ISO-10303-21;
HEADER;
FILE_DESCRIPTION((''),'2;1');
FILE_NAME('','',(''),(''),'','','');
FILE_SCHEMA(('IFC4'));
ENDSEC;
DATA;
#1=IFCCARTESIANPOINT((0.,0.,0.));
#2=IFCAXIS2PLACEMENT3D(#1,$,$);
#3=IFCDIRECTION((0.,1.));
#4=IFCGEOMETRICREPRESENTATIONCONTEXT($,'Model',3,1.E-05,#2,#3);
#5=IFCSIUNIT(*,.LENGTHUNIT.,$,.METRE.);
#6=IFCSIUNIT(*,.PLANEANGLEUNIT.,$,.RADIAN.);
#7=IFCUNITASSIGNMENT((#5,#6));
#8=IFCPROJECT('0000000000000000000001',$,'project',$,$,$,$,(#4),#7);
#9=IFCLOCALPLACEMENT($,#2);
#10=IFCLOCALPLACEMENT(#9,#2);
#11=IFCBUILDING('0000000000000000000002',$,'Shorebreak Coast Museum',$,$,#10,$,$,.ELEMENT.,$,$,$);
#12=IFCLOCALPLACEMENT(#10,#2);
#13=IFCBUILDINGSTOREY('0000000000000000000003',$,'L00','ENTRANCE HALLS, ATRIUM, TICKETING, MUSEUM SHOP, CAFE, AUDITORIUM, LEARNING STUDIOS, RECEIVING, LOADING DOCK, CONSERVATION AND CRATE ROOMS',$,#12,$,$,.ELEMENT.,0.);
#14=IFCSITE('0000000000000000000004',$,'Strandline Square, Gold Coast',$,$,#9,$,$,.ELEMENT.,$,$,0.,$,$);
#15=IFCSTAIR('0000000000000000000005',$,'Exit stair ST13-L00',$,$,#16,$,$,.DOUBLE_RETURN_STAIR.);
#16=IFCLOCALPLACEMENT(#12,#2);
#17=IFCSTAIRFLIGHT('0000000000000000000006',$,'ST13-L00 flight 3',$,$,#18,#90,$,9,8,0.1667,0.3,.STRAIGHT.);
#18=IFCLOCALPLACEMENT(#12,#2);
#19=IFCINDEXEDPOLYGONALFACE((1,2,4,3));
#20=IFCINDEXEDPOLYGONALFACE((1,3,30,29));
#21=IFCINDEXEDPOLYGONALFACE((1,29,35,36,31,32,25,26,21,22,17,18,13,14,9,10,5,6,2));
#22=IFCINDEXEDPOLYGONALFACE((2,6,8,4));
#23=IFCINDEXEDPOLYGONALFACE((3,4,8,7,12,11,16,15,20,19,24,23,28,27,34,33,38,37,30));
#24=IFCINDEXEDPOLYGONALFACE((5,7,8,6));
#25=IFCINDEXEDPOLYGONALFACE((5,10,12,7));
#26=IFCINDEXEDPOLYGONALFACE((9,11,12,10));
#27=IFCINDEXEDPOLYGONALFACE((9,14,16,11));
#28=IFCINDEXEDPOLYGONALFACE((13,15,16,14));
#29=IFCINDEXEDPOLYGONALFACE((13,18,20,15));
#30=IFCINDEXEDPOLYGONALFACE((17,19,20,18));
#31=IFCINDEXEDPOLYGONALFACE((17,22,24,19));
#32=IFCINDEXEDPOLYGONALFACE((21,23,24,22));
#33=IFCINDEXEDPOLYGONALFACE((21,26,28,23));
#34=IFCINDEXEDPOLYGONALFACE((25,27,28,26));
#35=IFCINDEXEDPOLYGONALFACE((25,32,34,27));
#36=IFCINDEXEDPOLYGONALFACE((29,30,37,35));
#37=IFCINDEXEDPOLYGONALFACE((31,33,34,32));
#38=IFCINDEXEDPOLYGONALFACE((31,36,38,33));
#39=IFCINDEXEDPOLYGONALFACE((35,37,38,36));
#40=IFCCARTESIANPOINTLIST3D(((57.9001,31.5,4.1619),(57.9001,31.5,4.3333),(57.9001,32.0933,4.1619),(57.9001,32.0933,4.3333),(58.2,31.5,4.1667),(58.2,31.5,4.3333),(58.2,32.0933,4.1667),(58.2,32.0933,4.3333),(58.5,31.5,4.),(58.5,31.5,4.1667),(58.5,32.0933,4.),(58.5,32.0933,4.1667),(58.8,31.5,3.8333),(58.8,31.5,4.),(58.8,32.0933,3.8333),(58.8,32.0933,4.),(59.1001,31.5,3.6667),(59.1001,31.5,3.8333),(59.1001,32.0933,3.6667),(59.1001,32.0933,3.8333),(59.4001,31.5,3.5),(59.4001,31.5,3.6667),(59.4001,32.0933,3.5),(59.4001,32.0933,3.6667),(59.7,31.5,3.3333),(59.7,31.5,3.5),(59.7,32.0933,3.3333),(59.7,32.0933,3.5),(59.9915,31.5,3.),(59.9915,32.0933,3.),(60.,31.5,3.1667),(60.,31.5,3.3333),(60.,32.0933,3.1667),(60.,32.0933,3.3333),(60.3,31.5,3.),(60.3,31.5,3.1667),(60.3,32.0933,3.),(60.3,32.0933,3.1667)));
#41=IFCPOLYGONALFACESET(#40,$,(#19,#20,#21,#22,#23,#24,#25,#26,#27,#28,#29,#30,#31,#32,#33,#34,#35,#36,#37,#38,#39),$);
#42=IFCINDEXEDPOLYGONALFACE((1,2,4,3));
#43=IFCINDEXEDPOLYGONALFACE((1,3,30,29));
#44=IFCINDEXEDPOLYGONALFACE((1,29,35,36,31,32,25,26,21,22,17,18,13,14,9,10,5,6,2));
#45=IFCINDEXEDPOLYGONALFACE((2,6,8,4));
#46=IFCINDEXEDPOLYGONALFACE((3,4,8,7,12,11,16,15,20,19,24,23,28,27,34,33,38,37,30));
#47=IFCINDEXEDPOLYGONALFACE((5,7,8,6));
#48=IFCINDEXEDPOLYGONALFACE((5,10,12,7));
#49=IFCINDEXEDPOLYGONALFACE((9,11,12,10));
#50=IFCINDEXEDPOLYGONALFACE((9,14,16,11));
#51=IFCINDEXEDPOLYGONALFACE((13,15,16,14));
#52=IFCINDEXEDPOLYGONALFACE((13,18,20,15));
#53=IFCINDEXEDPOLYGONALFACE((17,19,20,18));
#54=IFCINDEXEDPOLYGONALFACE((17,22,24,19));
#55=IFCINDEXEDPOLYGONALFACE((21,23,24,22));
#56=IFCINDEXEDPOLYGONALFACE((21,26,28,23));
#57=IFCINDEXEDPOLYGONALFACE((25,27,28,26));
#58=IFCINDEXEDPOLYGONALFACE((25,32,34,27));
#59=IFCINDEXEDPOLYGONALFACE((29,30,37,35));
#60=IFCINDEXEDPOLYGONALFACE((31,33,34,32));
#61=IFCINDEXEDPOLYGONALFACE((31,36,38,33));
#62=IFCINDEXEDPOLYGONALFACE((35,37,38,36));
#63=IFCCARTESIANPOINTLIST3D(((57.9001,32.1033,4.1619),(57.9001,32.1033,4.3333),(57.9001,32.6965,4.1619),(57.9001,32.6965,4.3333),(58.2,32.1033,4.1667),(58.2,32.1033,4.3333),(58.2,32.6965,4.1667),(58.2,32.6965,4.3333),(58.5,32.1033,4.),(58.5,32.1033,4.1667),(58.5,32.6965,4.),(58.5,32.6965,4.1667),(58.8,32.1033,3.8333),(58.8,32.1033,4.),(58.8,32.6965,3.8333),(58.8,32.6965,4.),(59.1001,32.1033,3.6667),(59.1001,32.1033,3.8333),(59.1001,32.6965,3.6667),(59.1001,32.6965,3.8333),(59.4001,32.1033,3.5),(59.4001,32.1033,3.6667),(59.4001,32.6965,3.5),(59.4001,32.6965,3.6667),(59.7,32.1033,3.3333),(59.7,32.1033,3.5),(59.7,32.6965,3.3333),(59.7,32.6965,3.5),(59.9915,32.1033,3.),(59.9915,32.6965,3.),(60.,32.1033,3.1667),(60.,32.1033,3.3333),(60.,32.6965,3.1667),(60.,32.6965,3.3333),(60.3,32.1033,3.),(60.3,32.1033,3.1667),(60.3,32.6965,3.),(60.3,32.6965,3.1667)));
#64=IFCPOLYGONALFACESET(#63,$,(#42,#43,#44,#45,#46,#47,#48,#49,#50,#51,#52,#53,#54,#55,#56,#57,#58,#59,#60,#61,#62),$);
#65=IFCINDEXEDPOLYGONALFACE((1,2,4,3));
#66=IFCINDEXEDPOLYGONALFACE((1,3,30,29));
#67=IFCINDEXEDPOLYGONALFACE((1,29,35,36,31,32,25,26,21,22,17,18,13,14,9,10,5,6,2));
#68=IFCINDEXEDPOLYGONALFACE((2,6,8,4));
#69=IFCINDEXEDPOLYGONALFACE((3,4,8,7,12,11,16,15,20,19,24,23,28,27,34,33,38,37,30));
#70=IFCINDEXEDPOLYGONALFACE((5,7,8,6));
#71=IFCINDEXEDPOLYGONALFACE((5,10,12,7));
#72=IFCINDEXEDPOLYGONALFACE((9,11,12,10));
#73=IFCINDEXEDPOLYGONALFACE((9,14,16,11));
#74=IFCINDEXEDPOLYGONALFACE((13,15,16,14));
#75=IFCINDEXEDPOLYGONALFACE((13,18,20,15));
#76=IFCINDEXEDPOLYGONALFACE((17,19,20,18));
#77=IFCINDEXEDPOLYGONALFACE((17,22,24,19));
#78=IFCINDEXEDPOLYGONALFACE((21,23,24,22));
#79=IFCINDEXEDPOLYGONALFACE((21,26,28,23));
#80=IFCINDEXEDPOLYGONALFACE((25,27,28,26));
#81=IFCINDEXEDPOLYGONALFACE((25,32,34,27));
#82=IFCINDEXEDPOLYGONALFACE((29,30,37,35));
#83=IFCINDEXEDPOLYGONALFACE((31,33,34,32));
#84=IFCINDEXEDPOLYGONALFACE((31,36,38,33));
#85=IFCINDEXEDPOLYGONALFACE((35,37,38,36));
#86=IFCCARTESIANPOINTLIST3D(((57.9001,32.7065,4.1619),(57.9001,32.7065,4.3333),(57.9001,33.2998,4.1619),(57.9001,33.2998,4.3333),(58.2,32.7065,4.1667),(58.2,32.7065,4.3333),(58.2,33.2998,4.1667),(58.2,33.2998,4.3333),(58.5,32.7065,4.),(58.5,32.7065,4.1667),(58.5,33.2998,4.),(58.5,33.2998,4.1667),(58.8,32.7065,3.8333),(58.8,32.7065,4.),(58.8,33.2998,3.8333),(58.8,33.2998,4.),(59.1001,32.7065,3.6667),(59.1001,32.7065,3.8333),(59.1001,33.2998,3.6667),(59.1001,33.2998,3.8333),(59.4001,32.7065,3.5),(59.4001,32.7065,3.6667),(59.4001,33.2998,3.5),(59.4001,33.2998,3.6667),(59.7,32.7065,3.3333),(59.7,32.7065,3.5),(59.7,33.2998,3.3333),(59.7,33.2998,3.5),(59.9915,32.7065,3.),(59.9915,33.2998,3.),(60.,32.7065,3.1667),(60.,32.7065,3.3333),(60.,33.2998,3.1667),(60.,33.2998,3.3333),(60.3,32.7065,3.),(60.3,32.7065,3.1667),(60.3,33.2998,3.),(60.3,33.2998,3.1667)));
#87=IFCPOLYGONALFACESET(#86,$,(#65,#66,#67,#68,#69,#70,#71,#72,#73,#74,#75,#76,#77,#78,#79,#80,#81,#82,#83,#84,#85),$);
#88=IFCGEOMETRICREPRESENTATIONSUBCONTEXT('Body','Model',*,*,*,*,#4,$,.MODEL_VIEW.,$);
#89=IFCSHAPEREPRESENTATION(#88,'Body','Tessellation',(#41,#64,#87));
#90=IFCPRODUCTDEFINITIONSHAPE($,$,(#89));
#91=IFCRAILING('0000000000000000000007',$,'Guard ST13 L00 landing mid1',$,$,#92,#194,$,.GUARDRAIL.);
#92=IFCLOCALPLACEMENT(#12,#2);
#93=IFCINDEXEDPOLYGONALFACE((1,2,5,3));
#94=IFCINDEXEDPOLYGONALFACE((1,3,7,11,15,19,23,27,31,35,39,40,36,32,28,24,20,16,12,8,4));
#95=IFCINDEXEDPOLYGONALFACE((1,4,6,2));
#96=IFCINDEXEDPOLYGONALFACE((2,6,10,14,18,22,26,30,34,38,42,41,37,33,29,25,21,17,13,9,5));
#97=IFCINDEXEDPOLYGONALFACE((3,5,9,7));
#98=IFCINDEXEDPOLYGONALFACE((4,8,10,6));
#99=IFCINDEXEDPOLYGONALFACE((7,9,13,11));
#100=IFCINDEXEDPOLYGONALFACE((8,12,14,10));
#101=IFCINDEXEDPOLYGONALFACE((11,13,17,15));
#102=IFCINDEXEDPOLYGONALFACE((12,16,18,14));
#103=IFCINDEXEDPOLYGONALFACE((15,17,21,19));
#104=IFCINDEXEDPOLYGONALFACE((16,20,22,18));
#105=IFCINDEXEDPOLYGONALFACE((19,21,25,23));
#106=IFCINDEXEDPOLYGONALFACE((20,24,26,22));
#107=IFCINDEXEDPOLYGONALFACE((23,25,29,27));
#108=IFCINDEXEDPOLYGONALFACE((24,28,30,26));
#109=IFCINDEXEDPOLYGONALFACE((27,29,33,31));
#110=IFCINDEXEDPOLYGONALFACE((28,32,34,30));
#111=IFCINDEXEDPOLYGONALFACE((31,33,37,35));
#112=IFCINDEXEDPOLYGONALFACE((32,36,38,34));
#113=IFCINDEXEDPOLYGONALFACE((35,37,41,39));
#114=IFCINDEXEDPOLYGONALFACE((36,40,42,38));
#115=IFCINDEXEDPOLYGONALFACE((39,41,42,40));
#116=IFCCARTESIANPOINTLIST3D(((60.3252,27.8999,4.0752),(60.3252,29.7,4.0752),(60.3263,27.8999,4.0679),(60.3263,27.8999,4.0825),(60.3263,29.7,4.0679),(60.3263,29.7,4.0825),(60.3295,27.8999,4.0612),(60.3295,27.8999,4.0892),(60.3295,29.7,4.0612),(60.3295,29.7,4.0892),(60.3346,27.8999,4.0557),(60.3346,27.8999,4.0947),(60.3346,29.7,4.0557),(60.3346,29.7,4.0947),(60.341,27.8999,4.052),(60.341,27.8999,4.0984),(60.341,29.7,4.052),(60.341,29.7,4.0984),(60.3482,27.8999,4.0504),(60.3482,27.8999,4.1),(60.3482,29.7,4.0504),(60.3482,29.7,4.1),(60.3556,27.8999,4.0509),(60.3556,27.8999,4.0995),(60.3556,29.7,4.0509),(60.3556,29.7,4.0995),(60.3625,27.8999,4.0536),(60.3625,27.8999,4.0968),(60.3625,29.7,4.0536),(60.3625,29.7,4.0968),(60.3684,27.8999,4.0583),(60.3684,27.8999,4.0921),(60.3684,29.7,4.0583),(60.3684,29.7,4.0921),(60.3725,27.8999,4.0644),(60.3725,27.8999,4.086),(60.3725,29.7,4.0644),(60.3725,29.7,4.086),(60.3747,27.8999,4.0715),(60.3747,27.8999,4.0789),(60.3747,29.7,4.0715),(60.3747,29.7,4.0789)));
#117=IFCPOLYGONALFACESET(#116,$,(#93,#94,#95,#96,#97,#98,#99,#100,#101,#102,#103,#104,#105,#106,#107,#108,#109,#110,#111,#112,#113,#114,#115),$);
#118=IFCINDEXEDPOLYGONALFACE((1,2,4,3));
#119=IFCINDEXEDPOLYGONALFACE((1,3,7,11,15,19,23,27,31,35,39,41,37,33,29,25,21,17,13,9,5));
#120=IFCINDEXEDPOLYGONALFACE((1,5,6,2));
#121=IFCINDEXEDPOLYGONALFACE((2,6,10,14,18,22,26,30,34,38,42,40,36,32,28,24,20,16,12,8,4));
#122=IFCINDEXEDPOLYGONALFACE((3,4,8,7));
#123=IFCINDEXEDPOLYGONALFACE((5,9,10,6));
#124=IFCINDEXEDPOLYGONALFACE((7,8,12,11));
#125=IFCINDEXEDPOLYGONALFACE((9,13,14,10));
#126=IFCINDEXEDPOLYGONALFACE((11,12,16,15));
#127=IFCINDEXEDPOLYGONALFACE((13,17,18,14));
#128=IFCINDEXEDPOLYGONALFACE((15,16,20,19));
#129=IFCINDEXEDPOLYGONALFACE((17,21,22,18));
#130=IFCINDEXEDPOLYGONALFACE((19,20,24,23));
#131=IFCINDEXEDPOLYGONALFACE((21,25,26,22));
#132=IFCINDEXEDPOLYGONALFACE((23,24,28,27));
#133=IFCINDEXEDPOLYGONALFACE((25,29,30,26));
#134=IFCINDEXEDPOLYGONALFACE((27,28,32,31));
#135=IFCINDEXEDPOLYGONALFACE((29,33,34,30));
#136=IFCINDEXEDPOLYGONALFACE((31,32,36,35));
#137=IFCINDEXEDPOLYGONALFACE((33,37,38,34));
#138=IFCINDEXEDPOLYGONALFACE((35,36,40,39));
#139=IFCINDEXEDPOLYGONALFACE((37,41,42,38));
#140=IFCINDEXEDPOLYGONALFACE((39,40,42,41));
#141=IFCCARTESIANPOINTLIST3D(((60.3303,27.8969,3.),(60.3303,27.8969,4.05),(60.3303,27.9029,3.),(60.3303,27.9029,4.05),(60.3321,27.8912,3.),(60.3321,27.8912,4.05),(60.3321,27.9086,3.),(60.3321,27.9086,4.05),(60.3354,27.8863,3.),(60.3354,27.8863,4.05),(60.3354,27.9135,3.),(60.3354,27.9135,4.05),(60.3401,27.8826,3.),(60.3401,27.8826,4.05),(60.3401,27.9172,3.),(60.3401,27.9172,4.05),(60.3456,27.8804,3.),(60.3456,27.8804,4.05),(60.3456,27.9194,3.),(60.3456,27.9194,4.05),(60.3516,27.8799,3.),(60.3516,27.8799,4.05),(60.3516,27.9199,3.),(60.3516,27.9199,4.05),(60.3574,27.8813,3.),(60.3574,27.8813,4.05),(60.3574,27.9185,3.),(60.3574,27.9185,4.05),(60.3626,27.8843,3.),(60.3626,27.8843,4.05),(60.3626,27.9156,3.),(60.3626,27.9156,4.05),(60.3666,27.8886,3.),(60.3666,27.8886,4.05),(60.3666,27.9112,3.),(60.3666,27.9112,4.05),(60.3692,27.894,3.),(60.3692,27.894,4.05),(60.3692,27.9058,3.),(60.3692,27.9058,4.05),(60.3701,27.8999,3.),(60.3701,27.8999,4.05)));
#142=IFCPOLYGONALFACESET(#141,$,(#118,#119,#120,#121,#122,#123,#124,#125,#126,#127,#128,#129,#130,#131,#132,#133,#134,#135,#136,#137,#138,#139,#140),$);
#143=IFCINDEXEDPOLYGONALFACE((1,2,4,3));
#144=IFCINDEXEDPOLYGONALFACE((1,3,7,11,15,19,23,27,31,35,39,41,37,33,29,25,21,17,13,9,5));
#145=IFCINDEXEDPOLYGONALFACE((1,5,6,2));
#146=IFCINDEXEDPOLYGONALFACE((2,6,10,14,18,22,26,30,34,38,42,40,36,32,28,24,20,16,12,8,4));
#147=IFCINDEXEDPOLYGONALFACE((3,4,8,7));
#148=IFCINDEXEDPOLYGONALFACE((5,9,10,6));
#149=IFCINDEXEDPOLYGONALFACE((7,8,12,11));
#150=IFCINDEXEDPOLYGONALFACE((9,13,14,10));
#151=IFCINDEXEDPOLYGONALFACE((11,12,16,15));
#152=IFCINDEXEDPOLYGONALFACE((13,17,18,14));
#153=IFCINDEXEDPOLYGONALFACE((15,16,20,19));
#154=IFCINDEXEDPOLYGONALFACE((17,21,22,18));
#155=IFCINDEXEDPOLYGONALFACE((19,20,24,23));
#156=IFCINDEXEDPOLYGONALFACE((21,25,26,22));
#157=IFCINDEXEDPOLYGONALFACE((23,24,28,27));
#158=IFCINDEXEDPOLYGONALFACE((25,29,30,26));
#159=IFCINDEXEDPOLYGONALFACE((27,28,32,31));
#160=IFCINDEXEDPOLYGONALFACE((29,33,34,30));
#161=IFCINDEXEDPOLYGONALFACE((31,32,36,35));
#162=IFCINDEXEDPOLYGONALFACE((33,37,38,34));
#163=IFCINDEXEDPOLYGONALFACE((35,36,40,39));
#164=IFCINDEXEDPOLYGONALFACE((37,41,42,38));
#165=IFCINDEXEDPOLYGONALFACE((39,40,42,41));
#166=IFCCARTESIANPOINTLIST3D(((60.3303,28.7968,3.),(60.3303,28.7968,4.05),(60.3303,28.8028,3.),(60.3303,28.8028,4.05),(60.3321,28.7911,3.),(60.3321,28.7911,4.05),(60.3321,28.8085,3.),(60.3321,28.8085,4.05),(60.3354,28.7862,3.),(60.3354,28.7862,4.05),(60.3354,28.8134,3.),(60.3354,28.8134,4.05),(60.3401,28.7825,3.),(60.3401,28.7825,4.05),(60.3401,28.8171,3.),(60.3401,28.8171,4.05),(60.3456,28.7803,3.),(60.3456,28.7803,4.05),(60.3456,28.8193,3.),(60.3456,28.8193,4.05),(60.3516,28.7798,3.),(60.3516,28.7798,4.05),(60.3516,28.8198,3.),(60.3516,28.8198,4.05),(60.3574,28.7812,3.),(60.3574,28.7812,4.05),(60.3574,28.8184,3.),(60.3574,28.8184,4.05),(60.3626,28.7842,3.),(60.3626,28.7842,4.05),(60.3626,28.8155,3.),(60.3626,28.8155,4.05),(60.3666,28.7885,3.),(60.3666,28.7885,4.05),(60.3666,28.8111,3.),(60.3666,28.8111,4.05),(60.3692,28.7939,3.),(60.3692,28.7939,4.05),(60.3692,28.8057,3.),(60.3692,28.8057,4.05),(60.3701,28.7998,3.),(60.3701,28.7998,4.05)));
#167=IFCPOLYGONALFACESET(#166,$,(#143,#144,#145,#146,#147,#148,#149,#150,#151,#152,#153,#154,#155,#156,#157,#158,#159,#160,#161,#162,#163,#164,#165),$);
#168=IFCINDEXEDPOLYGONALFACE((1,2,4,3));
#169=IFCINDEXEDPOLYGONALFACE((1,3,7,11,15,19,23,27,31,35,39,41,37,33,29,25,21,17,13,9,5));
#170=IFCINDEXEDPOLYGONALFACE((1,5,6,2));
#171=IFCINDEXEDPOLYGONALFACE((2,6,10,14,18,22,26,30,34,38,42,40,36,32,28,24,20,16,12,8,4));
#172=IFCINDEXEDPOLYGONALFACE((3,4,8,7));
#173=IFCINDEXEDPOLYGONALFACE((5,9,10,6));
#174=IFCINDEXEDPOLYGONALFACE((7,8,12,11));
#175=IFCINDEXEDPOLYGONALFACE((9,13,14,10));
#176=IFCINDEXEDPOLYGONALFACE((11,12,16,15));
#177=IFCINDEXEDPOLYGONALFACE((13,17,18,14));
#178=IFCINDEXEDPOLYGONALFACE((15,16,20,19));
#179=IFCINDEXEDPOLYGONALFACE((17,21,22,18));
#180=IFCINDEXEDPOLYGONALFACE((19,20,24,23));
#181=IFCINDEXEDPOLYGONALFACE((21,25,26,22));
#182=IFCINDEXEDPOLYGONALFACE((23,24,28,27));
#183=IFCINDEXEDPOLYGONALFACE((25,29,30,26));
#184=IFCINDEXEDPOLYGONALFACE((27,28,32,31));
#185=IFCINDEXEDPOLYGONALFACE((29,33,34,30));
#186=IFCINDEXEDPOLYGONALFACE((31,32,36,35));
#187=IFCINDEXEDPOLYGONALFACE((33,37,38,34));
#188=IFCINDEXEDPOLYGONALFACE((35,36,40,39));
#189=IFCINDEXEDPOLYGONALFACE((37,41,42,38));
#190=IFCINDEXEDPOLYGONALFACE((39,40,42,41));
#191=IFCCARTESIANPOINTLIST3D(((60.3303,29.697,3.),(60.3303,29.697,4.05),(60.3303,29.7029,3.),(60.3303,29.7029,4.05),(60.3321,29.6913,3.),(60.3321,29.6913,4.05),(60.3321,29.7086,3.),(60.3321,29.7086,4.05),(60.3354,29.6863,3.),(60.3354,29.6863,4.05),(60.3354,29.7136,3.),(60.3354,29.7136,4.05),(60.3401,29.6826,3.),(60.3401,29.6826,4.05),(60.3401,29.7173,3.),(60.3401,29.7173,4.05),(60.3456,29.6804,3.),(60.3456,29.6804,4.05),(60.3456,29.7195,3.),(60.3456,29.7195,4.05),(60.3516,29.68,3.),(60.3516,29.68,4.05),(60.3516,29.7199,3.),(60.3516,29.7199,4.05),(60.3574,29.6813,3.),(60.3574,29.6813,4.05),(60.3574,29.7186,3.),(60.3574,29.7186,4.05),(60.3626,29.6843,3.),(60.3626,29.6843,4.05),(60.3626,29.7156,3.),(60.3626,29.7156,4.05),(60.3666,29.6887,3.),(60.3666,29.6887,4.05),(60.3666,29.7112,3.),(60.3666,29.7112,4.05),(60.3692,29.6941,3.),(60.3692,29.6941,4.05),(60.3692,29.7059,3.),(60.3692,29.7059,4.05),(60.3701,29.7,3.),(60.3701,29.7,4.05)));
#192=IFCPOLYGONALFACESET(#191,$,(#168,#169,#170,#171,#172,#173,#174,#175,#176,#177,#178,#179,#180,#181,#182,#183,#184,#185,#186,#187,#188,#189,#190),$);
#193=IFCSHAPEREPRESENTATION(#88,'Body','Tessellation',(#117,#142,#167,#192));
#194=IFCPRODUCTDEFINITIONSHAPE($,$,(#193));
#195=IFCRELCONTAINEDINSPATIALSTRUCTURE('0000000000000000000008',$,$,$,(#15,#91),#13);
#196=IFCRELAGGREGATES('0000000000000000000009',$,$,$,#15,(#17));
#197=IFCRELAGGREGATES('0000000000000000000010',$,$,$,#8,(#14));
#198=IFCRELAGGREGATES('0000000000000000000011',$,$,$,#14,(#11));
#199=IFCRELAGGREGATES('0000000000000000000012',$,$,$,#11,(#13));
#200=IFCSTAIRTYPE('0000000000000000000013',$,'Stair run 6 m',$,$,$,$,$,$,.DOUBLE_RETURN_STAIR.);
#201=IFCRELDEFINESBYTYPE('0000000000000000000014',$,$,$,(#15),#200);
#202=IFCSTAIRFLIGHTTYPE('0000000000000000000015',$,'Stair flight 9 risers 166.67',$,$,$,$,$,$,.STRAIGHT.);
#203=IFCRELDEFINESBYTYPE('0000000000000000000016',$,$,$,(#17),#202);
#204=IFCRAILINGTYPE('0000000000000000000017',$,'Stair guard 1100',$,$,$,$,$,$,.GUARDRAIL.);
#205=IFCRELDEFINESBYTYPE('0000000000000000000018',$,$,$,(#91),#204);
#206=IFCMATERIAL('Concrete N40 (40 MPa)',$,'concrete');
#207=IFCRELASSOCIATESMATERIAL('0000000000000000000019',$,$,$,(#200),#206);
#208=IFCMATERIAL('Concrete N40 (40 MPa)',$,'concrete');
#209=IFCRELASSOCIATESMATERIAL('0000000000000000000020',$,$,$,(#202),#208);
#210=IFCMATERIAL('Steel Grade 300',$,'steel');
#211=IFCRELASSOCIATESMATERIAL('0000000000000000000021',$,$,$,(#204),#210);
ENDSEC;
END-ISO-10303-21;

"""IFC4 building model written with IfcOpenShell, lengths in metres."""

from ifc_helpers import new_model, si_unit, direction, frame, origin, origin_2d, place, context, subcontext, project, spatial, polyline, circle, outline, extrude, material, type_object, element, aggregate, save


model = new_model("IFC4")

# Units and contexts
model_context = context("Model", 3, precision=1e-05, world=origin(), true_north=direction((0.0, 1.0)))
body_context = subcontext(model_context, "Body", "Model", "MODEL_VIEW")
ifc_project = project(units=[si_unit("LENGTHUNIT", "METRE"), si_unit("PLANEANGLEUNIT", "RADIAN")], contexts=[model_context])

# Site, building, storey
site_placement = place(None, origin())
site = spatial("IfcSite", under=ifc_project, at=site_placement, Name="Strandline Square, Gold Coast", CompositionType="ELEMENT", RefElevation=0.0)
building_placement = place(site_placement, origin())
building = spatial("IfcBuilding", under=site, at=building_placement, Name="Shorebreak Coast Museum", CompositionType="ELEMENT")
storey_placement = place(building_placement, origin())
storey = spatial("IfcBuildingStorey", under=building, at=storey_placement, Name="L00", Description="ENTRANCE HALLS, ATRIUM, TICKETING, MUSEUM SHOP, CAFE, AUDITORIUM, LEARNING STUDIOS, RECEIVING, LOADING DOCK, CONSERVATION AND CRATE ROOMS", CompositionType="ELEMENT", Elevation=0.0)

# Stair, stair flight
ifc_material_1 = material(Name="Concrete N40 (40 MPa)", Category="concrete")
stair_type = type_object("IfcStairType", Name="Stair run 6 m", PredefinedType="DOUBLE_RETURN_STAIR", material=ifc_material_1)
stair_placement = place(storey_placement, origin())
stair = element("IfcStair", 1, at=stair_placement, inside=storey, type_object=stair_type, Name="Exit stair ST13-L00", PredefinedType="DOUBLE_RETURN_STAIR")
ifc_material_2 = material(Name="Concrete N40 (40 MPa)", Category="concrete")
stair_flight_type = type_object("IfcStairFlightType", Name="Stair flight 9 risers 166.67", PredefinedType="STRAIGHT", material=ifc_material_2)
stair_flight_1_placement = place(storey_placement, frame((60.3, 32.3999, 3.0), z_axis=(0.0, 0.0, 1.0), x_axis=(-1.0, 0.0, 0.0)))
stair_flight_1 = element("IfcStairFlight", 2, at=stair_flight_1_placement, type_object=stair_flight_type, Name="ST13-L00 flight 3", NumberOfRisers=9, NumberOfTreads=8, PredefinedType="STRAIGHT", RiserHeight=0.1667, TreadLength=0.3, context=body_context, shape_type="SweptSolid", body=[
    extrude(outline(polyline([(0.0, 0.0), (0.0, 0.1667), (0.3, 0.1667), (0.3, 0.3333), (0.6001, 0.3333), (0.6001, 0.5), (0.8999, 0.5), (0.8999, 0.6667), (1.2, 0.6667), (1.2, 0.8333), (1.5, 0.8333), (1.5, 1.0), (1.8, 1.0), (1.8, 1.1667), (2.1001, 1.1667), (2.1001, 1.3333), (2.3999, 1.3333), (2.3999, 1.5), (2.3999, 1.1619), (0.3086, 0.0), (0.0, 0.0)])), frame((0.0, 0.8999, 0.0), z_axis=(0.0, -1.0, 0.0), x_axis=(1.0, 0.0, 0.0)), (0.0, 0.0, 1.0), 0.5933),
    extrude(outline(polyline([(0.0, 0.0), (0.0, 0.1667), (0.3, 0.1667), (0.3, 0.3333), (0.6001, 0.3333), (0.6001, 0.5), (0.8999, 0.5), (0.8999, 0.6667), (1.2, 0.6667), (1.2, 0.8333), (1.5, 0.8333), (1.5, 1.0), (1.8, 1.0), (1.8, 1.1667), (2.1001, 1.1667), (2.1001, 1.3333), (2.3999, 1.3333), (2.3999, 1.5), (2.3999, 1.1619), (0.3086, 0.0), (0.0, 0.0)])), frame((0.0, 0.2966, 0.0), z_axis=(0.0, -1.0, 0.0), x_axis=(1.0, 0.0, 0.0)), (0.0, 0.0, 1.0), 0.5933),
    extrude(outline(polyline([(0.0, 0.0), (0.0, 0.1667), (0.3, 0.1667), (0.3, 0.3333), (0.6001, 0.3333), (0.6001, 0.5), (0.8999, 0.5), (0.8999, 0.6667), (1.2, 0.6667), (1.2, 0.8333), (1.5, 0.8333), (1.5, 1.0), (1.8, 1.0), (1.8, 1.1667), (2.1001, 1.1667), (2.1001, 1.3333), (2.3999, 1.3333), (2.3999, 1.5), (2.3999, 1.1619), (0.3086, 0.0), (0.0, 0.0)])), frame((0.0, -0.3066, 0.0), z_axis=(0.0, -1.0, 0.0), x_axis=(1.0, 0.0, 0.0)), (0.0, 0.0, 1.0), 0.5933),
])
aggregate(stair, [stair_flight_1])

# Railing
ifc_material_3 = material(Name="Steel Grade 300", Category="steel")
railing_type_1 = type_object("IfcRailingType", Name="Stair guard 1100", PredefinedType="GUARDRAIL", material=ifc_material_3)
railing_1_placement = place(storey_placement, frame((60.3501, 27.8999, 3.0)))
element("IfcRailing", 3, at=railing_1_placement, inside=storey, type_object=railing_type_1, Name="Guard ST13 L00 landing mid1", PredefinedType="GUARDRAIL", context=body_context, shape_type="SweptSolid", body=[
    extrude(circle(Radius=0.0249, at=origin_2d()), frame((0.0, 0.0, 1.0752), z_axis=(0.0, 1.0, 0.0), x_axis=(-1.0, 0.0, 0.0)), (0.0, 0.0, 1.0), 1.8),
    extrude(circle(Radius=0.02, at=origin_2d()), origin(), (0.0, 0.0, 1.0), 1.05),
    extrude(circle(Radius=0.02, at=origin_2d()), frame((0.0, 0.8999, 0.0)), (0.0, 0.0, 1.0), 1.05),
    extrude(circle(Radius=0.02, at=origin_2d()), frame((0.0, 1.8, 0.0)), (0.0, 0.0, 1.0), 1.05),
])

save(model, "model.ifc")
